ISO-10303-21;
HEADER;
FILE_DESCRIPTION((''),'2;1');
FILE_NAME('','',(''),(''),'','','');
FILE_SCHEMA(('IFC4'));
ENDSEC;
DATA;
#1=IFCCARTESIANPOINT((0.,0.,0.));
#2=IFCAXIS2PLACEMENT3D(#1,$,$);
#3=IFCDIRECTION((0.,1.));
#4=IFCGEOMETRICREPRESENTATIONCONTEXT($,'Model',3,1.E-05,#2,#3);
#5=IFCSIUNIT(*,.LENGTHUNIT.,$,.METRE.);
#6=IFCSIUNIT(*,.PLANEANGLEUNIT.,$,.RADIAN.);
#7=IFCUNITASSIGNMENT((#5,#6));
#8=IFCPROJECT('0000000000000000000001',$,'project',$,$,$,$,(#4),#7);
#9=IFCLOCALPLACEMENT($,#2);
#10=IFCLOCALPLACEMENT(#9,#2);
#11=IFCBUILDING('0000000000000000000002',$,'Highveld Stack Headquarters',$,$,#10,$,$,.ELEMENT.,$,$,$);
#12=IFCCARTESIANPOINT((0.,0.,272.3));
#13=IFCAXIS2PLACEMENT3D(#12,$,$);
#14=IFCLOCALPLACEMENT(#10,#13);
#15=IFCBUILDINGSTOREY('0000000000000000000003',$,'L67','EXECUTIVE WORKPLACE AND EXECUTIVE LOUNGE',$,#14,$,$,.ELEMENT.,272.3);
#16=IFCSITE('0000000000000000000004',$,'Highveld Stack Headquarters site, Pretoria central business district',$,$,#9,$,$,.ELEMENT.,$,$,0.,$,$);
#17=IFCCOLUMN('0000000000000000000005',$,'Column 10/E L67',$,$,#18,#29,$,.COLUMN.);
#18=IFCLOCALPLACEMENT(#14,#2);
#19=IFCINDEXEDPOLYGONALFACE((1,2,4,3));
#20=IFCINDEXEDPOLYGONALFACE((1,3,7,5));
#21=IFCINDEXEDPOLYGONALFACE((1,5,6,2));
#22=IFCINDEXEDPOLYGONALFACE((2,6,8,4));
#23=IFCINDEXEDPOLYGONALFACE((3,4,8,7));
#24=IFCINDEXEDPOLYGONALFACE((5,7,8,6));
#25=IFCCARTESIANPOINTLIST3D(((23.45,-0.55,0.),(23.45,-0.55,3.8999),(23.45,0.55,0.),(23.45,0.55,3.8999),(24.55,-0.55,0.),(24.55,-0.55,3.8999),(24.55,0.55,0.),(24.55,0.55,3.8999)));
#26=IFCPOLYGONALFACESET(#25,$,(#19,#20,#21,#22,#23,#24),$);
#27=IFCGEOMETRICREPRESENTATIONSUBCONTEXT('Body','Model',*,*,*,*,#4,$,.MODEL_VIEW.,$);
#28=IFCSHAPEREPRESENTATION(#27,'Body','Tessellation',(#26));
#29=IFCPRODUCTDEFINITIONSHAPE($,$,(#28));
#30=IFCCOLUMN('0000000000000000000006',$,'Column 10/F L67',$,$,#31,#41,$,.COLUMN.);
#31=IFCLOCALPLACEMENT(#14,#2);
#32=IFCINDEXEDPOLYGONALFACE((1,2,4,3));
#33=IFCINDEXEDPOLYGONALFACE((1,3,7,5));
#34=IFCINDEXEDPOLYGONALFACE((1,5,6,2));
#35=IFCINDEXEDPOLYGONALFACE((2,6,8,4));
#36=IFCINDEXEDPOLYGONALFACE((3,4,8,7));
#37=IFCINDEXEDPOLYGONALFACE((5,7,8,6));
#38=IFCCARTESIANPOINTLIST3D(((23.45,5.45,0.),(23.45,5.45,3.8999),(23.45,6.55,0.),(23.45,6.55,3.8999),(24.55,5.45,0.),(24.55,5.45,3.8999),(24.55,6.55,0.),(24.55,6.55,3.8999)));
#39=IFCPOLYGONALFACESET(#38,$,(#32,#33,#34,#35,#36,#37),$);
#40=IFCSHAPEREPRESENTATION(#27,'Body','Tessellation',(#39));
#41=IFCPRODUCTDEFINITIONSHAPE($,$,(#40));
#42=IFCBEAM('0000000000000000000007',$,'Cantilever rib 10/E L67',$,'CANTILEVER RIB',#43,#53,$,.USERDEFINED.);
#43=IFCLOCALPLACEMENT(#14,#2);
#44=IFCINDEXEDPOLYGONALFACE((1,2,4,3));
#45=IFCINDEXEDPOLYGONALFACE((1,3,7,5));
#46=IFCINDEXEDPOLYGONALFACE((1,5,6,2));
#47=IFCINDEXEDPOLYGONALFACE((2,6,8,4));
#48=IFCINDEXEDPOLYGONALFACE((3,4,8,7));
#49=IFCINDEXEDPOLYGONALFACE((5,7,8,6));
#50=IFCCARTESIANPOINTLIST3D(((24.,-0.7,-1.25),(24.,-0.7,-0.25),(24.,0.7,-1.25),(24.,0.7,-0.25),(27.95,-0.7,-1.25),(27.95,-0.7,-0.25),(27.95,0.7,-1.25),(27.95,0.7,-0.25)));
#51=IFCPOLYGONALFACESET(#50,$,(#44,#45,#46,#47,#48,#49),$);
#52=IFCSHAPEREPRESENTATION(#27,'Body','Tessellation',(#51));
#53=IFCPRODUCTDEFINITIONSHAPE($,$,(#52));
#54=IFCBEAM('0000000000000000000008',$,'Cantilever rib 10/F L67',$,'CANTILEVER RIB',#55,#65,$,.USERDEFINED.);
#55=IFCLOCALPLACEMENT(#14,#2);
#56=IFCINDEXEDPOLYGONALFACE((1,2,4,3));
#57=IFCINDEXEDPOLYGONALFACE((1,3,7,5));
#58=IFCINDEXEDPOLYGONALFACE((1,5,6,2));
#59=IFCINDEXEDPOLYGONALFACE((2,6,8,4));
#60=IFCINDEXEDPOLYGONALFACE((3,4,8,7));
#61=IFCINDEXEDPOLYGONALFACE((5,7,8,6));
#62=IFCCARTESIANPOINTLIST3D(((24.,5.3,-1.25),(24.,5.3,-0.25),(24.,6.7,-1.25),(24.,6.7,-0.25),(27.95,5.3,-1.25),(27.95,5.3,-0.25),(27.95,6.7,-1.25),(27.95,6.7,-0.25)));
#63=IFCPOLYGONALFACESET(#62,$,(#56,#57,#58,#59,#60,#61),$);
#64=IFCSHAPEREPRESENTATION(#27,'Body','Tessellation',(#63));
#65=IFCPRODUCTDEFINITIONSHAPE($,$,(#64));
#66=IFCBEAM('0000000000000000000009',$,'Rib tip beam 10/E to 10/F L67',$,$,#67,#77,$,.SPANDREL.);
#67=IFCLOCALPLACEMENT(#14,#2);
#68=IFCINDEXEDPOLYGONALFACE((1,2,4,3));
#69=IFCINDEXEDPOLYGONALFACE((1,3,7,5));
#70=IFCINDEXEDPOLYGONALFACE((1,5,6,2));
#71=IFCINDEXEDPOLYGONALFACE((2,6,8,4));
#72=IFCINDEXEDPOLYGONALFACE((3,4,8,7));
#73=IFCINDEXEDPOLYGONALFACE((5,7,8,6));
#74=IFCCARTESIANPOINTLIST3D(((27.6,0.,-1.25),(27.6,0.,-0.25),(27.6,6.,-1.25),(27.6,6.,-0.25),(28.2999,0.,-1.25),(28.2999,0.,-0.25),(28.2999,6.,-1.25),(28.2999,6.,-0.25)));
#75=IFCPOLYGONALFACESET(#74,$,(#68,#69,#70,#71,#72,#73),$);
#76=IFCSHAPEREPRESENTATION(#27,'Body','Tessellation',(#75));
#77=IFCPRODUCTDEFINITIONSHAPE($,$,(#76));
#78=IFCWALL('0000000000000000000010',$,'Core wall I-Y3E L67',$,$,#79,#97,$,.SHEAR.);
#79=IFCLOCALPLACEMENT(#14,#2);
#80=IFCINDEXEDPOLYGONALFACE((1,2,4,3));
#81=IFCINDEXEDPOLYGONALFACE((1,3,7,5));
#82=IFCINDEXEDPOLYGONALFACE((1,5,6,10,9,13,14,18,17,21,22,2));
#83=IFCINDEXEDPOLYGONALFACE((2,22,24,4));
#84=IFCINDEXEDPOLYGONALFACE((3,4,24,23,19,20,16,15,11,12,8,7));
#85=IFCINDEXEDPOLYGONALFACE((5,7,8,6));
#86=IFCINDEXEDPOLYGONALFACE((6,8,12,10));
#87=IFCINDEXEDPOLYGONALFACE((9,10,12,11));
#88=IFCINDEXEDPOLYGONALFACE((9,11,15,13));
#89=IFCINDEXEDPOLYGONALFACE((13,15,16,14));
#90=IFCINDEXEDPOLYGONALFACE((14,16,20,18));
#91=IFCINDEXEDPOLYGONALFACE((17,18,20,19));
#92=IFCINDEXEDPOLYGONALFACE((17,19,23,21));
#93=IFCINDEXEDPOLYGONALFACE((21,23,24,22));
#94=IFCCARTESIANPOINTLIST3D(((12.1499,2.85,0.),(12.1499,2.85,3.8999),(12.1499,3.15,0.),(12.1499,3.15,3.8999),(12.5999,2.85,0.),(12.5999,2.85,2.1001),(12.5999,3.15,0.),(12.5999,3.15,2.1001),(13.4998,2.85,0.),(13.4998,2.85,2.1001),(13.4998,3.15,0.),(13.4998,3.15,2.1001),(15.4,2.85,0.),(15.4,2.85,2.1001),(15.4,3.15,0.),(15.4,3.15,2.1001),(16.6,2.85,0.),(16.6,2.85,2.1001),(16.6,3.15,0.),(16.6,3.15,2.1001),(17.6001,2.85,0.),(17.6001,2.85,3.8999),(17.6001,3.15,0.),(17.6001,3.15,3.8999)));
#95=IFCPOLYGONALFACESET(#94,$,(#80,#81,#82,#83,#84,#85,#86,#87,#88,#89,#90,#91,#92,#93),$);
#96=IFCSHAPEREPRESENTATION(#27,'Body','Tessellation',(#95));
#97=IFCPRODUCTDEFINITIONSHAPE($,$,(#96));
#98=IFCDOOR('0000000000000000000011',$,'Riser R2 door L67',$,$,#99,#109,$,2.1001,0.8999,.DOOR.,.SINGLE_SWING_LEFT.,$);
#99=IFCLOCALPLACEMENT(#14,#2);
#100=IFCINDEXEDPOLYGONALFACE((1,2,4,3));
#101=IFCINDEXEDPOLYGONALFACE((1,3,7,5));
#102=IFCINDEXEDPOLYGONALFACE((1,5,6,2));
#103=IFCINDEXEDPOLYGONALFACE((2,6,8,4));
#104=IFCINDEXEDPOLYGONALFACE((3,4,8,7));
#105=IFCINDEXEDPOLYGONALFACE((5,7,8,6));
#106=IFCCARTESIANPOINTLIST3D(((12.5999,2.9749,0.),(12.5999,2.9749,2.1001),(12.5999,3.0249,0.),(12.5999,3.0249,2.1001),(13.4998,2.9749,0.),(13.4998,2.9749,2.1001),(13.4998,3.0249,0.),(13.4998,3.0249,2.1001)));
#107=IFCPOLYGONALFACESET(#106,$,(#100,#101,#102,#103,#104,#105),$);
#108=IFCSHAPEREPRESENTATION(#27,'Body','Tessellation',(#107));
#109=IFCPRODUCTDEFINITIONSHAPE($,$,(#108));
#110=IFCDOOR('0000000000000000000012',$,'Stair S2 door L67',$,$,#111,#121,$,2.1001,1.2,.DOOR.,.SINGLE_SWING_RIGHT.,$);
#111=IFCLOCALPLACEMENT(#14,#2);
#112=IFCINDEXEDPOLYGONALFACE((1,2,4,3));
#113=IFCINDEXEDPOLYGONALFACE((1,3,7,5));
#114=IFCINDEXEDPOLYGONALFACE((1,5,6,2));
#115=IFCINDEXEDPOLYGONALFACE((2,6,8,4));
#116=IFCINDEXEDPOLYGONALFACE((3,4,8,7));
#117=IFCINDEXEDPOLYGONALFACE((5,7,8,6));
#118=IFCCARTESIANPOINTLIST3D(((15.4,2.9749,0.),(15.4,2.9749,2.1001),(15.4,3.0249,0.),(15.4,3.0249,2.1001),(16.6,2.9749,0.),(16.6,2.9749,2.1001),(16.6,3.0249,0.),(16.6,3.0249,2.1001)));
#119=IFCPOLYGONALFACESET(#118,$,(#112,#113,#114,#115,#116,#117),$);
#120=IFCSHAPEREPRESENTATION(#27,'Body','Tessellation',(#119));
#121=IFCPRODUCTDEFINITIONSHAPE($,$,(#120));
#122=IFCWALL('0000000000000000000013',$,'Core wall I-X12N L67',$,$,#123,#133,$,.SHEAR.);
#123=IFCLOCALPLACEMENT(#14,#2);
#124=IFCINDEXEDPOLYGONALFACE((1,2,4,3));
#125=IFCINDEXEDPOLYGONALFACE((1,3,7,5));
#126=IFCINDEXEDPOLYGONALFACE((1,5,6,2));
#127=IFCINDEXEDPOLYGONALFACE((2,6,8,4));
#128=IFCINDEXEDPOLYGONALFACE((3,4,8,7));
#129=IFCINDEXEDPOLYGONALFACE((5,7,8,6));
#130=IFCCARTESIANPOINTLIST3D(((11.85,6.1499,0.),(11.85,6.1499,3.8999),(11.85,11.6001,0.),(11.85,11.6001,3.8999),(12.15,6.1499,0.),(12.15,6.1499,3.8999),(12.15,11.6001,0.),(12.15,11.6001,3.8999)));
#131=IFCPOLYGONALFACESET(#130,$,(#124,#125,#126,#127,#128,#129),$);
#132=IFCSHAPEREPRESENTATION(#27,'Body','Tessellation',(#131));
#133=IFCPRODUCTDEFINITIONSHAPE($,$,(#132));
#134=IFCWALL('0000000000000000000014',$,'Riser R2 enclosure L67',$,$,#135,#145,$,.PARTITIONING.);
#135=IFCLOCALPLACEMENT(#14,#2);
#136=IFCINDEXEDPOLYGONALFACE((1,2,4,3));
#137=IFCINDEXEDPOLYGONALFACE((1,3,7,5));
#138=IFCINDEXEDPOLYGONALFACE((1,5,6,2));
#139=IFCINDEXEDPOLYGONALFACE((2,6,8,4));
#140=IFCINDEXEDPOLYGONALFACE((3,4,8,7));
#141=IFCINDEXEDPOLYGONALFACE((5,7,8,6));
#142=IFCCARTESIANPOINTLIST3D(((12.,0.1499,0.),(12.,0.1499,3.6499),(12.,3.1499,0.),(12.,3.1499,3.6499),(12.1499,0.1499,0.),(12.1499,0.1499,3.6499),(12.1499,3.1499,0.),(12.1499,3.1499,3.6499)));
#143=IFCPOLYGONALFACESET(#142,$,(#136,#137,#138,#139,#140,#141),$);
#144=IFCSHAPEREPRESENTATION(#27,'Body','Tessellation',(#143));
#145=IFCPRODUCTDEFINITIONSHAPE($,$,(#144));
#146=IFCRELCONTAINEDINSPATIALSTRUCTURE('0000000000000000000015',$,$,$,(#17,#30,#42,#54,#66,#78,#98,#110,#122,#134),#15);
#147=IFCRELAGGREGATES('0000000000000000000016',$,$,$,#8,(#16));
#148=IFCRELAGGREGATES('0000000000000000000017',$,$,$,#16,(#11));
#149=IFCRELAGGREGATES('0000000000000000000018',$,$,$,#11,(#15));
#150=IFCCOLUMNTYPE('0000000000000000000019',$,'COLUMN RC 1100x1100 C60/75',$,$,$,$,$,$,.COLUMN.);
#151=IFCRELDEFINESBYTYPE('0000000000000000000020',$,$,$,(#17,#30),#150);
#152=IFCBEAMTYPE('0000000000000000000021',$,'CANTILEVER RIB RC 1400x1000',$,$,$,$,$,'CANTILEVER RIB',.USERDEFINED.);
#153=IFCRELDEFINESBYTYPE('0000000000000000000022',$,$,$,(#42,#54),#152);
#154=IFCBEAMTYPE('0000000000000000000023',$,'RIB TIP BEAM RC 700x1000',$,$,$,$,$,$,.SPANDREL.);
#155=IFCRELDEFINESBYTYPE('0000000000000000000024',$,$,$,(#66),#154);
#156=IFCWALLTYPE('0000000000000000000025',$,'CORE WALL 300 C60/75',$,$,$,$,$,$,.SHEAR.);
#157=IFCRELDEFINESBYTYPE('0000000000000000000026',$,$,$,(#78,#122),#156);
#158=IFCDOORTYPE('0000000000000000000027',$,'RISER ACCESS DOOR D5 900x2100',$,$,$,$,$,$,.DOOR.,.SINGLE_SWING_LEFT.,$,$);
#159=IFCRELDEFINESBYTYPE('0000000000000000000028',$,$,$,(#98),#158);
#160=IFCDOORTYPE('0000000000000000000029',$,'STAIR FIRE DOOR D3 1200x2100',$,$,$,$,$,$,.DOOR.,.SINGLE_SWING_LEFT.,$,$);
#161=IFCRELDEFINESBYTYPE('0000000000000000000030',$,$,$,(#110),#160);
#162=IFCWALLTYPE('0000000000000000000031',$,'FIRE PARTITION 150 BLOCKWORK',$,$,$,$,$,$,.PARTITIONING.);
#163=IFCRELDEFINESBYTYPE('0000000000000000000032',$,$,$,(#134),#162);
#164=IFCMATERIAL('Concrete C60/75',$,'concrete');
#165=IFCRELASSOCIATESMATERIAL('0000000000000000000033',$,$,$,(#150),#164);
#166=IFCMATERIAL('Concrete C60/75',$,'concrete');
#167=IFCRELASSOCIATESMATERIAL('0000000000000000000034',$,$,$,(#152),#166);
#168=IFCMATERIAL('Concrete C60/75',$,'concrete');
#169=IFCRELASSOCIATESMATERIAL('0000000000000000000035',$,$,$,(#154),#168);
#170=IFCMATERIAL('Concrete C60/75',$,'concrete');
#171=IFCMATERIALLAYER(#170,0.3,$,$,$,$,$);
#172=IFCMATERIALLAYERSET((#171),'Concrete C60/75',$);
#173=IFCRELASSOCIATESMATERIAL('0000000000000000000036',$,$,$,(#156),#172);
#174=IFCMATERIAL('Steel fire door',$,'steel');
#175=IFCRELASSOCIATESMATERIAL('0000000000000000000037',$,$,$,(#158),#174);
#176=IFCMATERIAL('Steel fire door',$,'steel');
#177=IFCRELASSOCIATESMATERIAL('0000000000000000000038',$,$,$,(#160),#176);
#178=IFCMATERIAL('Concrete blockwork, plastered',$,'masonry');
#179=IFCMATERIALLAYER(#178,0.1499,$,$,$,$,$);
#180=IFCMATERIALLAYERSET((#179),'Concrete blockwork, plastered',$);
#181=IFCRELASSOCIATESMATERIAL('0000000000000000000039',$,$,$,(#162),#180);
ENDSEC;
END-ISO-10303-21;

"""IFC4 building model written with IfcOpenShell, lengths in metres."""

from ifc_helpers import new_model, si_unit, direction, frame, frame_2d, origin, origin_2d, place, context, subcontext, project, spatial, rectangle, extrude, material, layer, layer_set, material_profile, profile_set, type_object, element, fill, save


model = new_model("IFC4")

# Units and contexts
model_context = context("Model", 3, precision=1e-05, world=origin(), true_north=direction((0.0, 1.0)))
body_context = subcontext(model_context, "Body", "Model", "MODEL_VIEW")
ifc_project = project(units=[si_unit("LENGTHUNIT", "METRE"), si_unit("PLANEANGLEUNIT", "RADIAN")], contexts=[model_context])

# Site, building, storey
site_placement = place(None, origin())
site = spatial("IfcSite", under=ifc_project, at=site_placement, Name="Highveld Stack Headquarters site, Pretoria central business district", CompositionType="ELEMENT", RefElevation=0.0)
building_placement = place(site_placement, origin())
building = spatial("IfcBuilding", under=site, at=building_placement, Name="Highveld Stack Headquarters", CompositionType="ELEMENT")
storey_placement = place(building_placement, frame((0.0, 0.0, 272.3)))
storey = spatial("IfcBuildingStorey", under=building, at=storey_placement, Name="L67", Description="EXECUTIVE WORKPLACE AND EXECUTIVE LOUNGE", CompositionType="ELEMENT", Elevation=272.3)

# Columns
ifc_material_1 = material(Name="Concrete C60/75", Category="concrete")
ifc_material_profile_1 = material_profile(ifc_material_1, rectangle(XDim=1.1001, YDim=1.1001, at=origin_2d()), Name="RC 1100x1100")
ifc_profile_set_1 = profile_set([ifc_material_profile_1], Name="Concrete C60/75")
column_type = type_object("IfcColumnType", Name="COLUMN RC 1100x1100 C60/75", PredefinedType="COLUMN", material=ifc_profile_set_1)
for number, where, z_axis, x_axis, name in (
    (1, (24.0, 0.0, 0.0), (0.0, 0.0, 1.0), (1.0, 0.0, 0.0), "Column 10/E L67"),
    (2, (24.0, 6.0, 0.0), (0.0, 0.0, 1.0), (1.0, 0.0, 0.0), "Column 10/F L67"),
):
    element("IfcColumn", number, at=place(storey_placement, frame(where, z_axis=z_axis, x_axis=x_axis)), inside=storey, type_object=column_type, Name=name, PredefinedType="COLUMN", context=body_context, shape_type="SweptSolid", body=[
        extrude(rectangle(XDim=1.1001, YDim=1.1001, at=origin_2d()), origin(), (0.0, 0.0, 1.0), 3.8999),
    ])

# Beams
ifc_material_2 = material(Name="Concrete C60/75", Category="concrete")
ifc_material_profile_2 = material_profile(ifc_material_2, rectangle(XDim=1.3999, YDim=1.0, at=origin_2d()), Name="RC 1400x1000")
ifc_profile_set_2 = profile_set([ifc_material_profile_2], Name="Concrete C60/75")
beam_type_1 = type_object("IfcBeamType", Name="CANTILEVER RIB RC 1400x1000", ElementType="CANTILEVER RIB", PredefinedType="USERDEFINED", material=ifc_profile_set_2)
for number, where, z_axis, x_axis, name in (
    (3, (24.0, 0.0, -0.75), (1.0, 0.0, 0.0), (0.0, 1.0, 0.0), "Cantilever rib 10/E L67"),
    (4, (24.0, 6.0, -0.75), (1.0, 0.0, 0.0), (0.0, 1.0, 0.0), "Cantilever rib 10/F L67"),
):
    element("IfcBeam", number, at=place(storey_placement, frame(where, z_axis=z_axis, x_axis=x_axis)), inside=storey, type_object=beam_type_1, Name=name, ObjectType="CANTILEVER RIB", PredefinedType="USERDEFINED", context=body_context, shape_type="SweptSolid", body=[
        extrude(rectangle(XDim=1.3999, YDim=1.0, at=origin_2d()), origin(), (0.0, 0.0, 1.0), 3.95),
    ])
ifc_material_3 = material(Name="Concrete C60/75", Category="concrete")
ifc_material_profile_3 = material_profile(ifc_material_3, rectangle(XDim=0.7, YDim=1.0, at=origin_2d()), Name="RC 700x1000")
ifc_profile_set_3 = profile_set([ifc_material_profile_3], Name="Concrete C60/75")
beam_type_2 = type_object("IfcBeamType", Name="RIB TIP BEAM RC 700x1000", PredefinedType="SPANDREL", material=ifc_profile_set_3)
beam_placement = place(storey_placement, frame((27.95, 0.0, -0.75), z_axis=(0.0, 1.0, 0.0), x_axis=(-1.0, 0.0, 0.0)))
element("IfcBeam", 5, at=beam_placement, inside=storey, type_object=beam_type_2, Name="Rib tip beam 10/E to 10/F L67", PredefinedType="SPANDREL", context=body_context, shape_type="SweptSolid", body=[
    extrude(rectangle(XDim=0.7, YDim=1.0, at=origin_2d()), origin(), (0.0, 0.0, 1.0), 6.0),
])

# Wall, openings, doors
ifc_material_4 = material(Name="Concrete C60/75", Category="concrete")
ifc_layer_1 = layer(ifc_material_4, 0.3)
ifc_layer_set_1 = layer_set([ifc_layer_1], Name="Concrete C60/75")
wall_type_1 = type_object("IfcWallType", Name="CORE WALL 300 C60/75", PredefinedType="SHEAR", material=ifc_layer_set_1)
wall_1_placement = place(storey_placement, frame((12.1499, 3.0, 0.0), z_axis=(0.0, 0.0, 1.0), x_axis=(1.0, 0.0, 0.0)))
wall_1 = element("IfcWall", 6, at=wall_1_placement, inside=storey, type_object=wall_type_1, Name="Core wall I-Y3E L67", PredefinedType="SHEAR", context=body_context, shape_type="SweptSolid", body=[
    extrude(rectangle(XDim=5.4502, YDim=0.3, at=frame_2d((2.7251, 0.0))), origin(), (0.0, 0.0, 1.0), 3.8999),
])
opening_1_placement = place(wall_1_placement, frame((3.25, 0.0, 0.0)))
opening_1 = element("IfcOpeningElement", 7, at=opening_1_placement, cuts=wall_1, PredefinedType="OPENING", context=body_context, shape_type="SweptSolid", body=[
    extrude(rectangle(XDim=1.2, YDim=2.1001, at=frame_2d((0.6001, 1.05))), frame((0.0, 0.1599, 0.0), z_axis=(0.0, -1.0, 0.0), x_axis=(1.0, 0.0, 0.0)), (0.0, 0.0, 1.0), 0.3201),
])
opening_2_placement = place(wall_1_placement, frame((0.45, 0.0, 0.0)))
opening_2 = element("IfcOpeningElement", 8, at=opening_2_placement, cuts=wall_1, PredefinedType="OPENING", context=body_context, shape_type="SweptSolid", body=[
    extrude(rectangle(XDim=0.8999, YDim=2.1001, at=frame_2d((0.45, 1.05))), frame((0.0, 0.1599, 0.0), z_axis=(0.0, -1.0, 0.0), x_axis=(1.0, 0.0, 0.0)), (0.0, 0.0, 1.0), 0.3201),
])
ifc_material_5 = material(Name="Steel fire door", Category="steel")
door_type_1 = type_object("IfcDoorType", Name="RISER ACCESS DOOR D5 900x2100", OperationType="SINGLE_SWING_LEFT", PredefinedType="DOOR", material=ifc_material_5)
door_1_placement = place(opening_2_placement, origin())
door_1 = element("IfcDoor", 9, at=door_1_placement, inside=storey, type_object=door_type_1, Name="Riser R2 door L67", OperationType="SINGLE_SWING_LEFT", OverallHeight=2.1001, OverallWidth=0.8999, PredefinedType="DOOR", context=body_context, shape_type="SweptSolid", body=[
    extrude(rectangle(XDim=0.8999, YDim=2.1001, at=frame_2d((0.45, 1.05))), frame((0.0, 0.0249, 0.0), z_axis=(0.0, -1.0, 0.0), x_axis=(1.0, 0.0, 0.0)), (0.0, 0.0, 1.0), 0.05),
])
fill(opening_2, door_1)
ifc_material_6 = material(Name="Steel fire door", Category="steel")
door_type_2 = type_object("IfcDoorType", Name="STAIR FIRE DOOR D3 1200x2100", OperationType="SINGLE_SWING_LEFT", PredefinedType="DOOR", material=ifc_material_6)
door_2_placement = place(opening_1_placement, origin())
door_2 = element("IfcDoor", 10, at=door_2_placement, inside=storey, type_object=door_type_2, Name="Stair S2 door L67", OperationType="SINGLE_SWING_RIGHT", OverallHeight=2.1001, OverallWidth=1.2, PredefinedType="DOOR", context=body_context, shape_type="SweptSolid", body=[
    extrude(rectangle(XDim=1.2, YDim=2.1001, at=frame_2d((0.6001, 1.05))), frame((0.0, 0.0249, 0.0), z_axis=(0.0, -1.0, 0.0), x_axis=(1.0, 0.0, 0.0)), (0.0, 0.0, 1.0), 0.05),
])
fill(opening_1, door_2)

# Walls
wall_2_placement = place(storey_placement, frame((12.0, 6.1499, 0.0), z_axis=(0.0, 0.0, 1.0), x_axis=(0.0, 1.0, 0.0)))
element("IfcWall", 11, at=wall_2_placement, inside=storey, type_object=wall_type_1, Name="Core wall I-X12N L67", PredefinedType="SHEAR", context=body_context, shape_type="SweptSolid", body=[
    extrude(rectangle(XDim=5.4502, YDim=0.3, at=frame_2d((2.7251, 0.0))), origin(), (0.0, 0.0, 1.0), 3.8999),
])
ifc_material_7 = material(Name="Concrete blockwork, plastered", Category="masonry")
ifc_layer_2 = layer(ifc_material_7, 0.1499)
ifc_layer_set_2 = layer_set([ifc_layer_2], Name="Concrete blockwork, plastered")
wall_type_2 = type_object("IfcWallType", Name="FIRE PARTITION 150 BLOCKWORK", PredefinedType="PARTITIONING", material=ifc_layer_set_2)
wall_3_placement = place(storey_placement, frame((12.075, 0.1499, 0.0), z_axis=(0.0, 0.0, 1.0), x_axis=(0.0, 1.0, 0.0)))
element("IfcWall", 12, at=wall_3_placement, inside=storey, type_object=wall_type_2, Name="Riser R2 enclosure L67", PredefinedType="PARTITIONING", context=body_context, shape_type="SweptSolid", body=[
    extrude(rectangle(XDim=3.0, YDim=0.1499, at=frame_2d((1.5, 0.0))), origin(), (0.0, 0.0, 1.0), 3.6499),
])

save(model, "model.ifc")
